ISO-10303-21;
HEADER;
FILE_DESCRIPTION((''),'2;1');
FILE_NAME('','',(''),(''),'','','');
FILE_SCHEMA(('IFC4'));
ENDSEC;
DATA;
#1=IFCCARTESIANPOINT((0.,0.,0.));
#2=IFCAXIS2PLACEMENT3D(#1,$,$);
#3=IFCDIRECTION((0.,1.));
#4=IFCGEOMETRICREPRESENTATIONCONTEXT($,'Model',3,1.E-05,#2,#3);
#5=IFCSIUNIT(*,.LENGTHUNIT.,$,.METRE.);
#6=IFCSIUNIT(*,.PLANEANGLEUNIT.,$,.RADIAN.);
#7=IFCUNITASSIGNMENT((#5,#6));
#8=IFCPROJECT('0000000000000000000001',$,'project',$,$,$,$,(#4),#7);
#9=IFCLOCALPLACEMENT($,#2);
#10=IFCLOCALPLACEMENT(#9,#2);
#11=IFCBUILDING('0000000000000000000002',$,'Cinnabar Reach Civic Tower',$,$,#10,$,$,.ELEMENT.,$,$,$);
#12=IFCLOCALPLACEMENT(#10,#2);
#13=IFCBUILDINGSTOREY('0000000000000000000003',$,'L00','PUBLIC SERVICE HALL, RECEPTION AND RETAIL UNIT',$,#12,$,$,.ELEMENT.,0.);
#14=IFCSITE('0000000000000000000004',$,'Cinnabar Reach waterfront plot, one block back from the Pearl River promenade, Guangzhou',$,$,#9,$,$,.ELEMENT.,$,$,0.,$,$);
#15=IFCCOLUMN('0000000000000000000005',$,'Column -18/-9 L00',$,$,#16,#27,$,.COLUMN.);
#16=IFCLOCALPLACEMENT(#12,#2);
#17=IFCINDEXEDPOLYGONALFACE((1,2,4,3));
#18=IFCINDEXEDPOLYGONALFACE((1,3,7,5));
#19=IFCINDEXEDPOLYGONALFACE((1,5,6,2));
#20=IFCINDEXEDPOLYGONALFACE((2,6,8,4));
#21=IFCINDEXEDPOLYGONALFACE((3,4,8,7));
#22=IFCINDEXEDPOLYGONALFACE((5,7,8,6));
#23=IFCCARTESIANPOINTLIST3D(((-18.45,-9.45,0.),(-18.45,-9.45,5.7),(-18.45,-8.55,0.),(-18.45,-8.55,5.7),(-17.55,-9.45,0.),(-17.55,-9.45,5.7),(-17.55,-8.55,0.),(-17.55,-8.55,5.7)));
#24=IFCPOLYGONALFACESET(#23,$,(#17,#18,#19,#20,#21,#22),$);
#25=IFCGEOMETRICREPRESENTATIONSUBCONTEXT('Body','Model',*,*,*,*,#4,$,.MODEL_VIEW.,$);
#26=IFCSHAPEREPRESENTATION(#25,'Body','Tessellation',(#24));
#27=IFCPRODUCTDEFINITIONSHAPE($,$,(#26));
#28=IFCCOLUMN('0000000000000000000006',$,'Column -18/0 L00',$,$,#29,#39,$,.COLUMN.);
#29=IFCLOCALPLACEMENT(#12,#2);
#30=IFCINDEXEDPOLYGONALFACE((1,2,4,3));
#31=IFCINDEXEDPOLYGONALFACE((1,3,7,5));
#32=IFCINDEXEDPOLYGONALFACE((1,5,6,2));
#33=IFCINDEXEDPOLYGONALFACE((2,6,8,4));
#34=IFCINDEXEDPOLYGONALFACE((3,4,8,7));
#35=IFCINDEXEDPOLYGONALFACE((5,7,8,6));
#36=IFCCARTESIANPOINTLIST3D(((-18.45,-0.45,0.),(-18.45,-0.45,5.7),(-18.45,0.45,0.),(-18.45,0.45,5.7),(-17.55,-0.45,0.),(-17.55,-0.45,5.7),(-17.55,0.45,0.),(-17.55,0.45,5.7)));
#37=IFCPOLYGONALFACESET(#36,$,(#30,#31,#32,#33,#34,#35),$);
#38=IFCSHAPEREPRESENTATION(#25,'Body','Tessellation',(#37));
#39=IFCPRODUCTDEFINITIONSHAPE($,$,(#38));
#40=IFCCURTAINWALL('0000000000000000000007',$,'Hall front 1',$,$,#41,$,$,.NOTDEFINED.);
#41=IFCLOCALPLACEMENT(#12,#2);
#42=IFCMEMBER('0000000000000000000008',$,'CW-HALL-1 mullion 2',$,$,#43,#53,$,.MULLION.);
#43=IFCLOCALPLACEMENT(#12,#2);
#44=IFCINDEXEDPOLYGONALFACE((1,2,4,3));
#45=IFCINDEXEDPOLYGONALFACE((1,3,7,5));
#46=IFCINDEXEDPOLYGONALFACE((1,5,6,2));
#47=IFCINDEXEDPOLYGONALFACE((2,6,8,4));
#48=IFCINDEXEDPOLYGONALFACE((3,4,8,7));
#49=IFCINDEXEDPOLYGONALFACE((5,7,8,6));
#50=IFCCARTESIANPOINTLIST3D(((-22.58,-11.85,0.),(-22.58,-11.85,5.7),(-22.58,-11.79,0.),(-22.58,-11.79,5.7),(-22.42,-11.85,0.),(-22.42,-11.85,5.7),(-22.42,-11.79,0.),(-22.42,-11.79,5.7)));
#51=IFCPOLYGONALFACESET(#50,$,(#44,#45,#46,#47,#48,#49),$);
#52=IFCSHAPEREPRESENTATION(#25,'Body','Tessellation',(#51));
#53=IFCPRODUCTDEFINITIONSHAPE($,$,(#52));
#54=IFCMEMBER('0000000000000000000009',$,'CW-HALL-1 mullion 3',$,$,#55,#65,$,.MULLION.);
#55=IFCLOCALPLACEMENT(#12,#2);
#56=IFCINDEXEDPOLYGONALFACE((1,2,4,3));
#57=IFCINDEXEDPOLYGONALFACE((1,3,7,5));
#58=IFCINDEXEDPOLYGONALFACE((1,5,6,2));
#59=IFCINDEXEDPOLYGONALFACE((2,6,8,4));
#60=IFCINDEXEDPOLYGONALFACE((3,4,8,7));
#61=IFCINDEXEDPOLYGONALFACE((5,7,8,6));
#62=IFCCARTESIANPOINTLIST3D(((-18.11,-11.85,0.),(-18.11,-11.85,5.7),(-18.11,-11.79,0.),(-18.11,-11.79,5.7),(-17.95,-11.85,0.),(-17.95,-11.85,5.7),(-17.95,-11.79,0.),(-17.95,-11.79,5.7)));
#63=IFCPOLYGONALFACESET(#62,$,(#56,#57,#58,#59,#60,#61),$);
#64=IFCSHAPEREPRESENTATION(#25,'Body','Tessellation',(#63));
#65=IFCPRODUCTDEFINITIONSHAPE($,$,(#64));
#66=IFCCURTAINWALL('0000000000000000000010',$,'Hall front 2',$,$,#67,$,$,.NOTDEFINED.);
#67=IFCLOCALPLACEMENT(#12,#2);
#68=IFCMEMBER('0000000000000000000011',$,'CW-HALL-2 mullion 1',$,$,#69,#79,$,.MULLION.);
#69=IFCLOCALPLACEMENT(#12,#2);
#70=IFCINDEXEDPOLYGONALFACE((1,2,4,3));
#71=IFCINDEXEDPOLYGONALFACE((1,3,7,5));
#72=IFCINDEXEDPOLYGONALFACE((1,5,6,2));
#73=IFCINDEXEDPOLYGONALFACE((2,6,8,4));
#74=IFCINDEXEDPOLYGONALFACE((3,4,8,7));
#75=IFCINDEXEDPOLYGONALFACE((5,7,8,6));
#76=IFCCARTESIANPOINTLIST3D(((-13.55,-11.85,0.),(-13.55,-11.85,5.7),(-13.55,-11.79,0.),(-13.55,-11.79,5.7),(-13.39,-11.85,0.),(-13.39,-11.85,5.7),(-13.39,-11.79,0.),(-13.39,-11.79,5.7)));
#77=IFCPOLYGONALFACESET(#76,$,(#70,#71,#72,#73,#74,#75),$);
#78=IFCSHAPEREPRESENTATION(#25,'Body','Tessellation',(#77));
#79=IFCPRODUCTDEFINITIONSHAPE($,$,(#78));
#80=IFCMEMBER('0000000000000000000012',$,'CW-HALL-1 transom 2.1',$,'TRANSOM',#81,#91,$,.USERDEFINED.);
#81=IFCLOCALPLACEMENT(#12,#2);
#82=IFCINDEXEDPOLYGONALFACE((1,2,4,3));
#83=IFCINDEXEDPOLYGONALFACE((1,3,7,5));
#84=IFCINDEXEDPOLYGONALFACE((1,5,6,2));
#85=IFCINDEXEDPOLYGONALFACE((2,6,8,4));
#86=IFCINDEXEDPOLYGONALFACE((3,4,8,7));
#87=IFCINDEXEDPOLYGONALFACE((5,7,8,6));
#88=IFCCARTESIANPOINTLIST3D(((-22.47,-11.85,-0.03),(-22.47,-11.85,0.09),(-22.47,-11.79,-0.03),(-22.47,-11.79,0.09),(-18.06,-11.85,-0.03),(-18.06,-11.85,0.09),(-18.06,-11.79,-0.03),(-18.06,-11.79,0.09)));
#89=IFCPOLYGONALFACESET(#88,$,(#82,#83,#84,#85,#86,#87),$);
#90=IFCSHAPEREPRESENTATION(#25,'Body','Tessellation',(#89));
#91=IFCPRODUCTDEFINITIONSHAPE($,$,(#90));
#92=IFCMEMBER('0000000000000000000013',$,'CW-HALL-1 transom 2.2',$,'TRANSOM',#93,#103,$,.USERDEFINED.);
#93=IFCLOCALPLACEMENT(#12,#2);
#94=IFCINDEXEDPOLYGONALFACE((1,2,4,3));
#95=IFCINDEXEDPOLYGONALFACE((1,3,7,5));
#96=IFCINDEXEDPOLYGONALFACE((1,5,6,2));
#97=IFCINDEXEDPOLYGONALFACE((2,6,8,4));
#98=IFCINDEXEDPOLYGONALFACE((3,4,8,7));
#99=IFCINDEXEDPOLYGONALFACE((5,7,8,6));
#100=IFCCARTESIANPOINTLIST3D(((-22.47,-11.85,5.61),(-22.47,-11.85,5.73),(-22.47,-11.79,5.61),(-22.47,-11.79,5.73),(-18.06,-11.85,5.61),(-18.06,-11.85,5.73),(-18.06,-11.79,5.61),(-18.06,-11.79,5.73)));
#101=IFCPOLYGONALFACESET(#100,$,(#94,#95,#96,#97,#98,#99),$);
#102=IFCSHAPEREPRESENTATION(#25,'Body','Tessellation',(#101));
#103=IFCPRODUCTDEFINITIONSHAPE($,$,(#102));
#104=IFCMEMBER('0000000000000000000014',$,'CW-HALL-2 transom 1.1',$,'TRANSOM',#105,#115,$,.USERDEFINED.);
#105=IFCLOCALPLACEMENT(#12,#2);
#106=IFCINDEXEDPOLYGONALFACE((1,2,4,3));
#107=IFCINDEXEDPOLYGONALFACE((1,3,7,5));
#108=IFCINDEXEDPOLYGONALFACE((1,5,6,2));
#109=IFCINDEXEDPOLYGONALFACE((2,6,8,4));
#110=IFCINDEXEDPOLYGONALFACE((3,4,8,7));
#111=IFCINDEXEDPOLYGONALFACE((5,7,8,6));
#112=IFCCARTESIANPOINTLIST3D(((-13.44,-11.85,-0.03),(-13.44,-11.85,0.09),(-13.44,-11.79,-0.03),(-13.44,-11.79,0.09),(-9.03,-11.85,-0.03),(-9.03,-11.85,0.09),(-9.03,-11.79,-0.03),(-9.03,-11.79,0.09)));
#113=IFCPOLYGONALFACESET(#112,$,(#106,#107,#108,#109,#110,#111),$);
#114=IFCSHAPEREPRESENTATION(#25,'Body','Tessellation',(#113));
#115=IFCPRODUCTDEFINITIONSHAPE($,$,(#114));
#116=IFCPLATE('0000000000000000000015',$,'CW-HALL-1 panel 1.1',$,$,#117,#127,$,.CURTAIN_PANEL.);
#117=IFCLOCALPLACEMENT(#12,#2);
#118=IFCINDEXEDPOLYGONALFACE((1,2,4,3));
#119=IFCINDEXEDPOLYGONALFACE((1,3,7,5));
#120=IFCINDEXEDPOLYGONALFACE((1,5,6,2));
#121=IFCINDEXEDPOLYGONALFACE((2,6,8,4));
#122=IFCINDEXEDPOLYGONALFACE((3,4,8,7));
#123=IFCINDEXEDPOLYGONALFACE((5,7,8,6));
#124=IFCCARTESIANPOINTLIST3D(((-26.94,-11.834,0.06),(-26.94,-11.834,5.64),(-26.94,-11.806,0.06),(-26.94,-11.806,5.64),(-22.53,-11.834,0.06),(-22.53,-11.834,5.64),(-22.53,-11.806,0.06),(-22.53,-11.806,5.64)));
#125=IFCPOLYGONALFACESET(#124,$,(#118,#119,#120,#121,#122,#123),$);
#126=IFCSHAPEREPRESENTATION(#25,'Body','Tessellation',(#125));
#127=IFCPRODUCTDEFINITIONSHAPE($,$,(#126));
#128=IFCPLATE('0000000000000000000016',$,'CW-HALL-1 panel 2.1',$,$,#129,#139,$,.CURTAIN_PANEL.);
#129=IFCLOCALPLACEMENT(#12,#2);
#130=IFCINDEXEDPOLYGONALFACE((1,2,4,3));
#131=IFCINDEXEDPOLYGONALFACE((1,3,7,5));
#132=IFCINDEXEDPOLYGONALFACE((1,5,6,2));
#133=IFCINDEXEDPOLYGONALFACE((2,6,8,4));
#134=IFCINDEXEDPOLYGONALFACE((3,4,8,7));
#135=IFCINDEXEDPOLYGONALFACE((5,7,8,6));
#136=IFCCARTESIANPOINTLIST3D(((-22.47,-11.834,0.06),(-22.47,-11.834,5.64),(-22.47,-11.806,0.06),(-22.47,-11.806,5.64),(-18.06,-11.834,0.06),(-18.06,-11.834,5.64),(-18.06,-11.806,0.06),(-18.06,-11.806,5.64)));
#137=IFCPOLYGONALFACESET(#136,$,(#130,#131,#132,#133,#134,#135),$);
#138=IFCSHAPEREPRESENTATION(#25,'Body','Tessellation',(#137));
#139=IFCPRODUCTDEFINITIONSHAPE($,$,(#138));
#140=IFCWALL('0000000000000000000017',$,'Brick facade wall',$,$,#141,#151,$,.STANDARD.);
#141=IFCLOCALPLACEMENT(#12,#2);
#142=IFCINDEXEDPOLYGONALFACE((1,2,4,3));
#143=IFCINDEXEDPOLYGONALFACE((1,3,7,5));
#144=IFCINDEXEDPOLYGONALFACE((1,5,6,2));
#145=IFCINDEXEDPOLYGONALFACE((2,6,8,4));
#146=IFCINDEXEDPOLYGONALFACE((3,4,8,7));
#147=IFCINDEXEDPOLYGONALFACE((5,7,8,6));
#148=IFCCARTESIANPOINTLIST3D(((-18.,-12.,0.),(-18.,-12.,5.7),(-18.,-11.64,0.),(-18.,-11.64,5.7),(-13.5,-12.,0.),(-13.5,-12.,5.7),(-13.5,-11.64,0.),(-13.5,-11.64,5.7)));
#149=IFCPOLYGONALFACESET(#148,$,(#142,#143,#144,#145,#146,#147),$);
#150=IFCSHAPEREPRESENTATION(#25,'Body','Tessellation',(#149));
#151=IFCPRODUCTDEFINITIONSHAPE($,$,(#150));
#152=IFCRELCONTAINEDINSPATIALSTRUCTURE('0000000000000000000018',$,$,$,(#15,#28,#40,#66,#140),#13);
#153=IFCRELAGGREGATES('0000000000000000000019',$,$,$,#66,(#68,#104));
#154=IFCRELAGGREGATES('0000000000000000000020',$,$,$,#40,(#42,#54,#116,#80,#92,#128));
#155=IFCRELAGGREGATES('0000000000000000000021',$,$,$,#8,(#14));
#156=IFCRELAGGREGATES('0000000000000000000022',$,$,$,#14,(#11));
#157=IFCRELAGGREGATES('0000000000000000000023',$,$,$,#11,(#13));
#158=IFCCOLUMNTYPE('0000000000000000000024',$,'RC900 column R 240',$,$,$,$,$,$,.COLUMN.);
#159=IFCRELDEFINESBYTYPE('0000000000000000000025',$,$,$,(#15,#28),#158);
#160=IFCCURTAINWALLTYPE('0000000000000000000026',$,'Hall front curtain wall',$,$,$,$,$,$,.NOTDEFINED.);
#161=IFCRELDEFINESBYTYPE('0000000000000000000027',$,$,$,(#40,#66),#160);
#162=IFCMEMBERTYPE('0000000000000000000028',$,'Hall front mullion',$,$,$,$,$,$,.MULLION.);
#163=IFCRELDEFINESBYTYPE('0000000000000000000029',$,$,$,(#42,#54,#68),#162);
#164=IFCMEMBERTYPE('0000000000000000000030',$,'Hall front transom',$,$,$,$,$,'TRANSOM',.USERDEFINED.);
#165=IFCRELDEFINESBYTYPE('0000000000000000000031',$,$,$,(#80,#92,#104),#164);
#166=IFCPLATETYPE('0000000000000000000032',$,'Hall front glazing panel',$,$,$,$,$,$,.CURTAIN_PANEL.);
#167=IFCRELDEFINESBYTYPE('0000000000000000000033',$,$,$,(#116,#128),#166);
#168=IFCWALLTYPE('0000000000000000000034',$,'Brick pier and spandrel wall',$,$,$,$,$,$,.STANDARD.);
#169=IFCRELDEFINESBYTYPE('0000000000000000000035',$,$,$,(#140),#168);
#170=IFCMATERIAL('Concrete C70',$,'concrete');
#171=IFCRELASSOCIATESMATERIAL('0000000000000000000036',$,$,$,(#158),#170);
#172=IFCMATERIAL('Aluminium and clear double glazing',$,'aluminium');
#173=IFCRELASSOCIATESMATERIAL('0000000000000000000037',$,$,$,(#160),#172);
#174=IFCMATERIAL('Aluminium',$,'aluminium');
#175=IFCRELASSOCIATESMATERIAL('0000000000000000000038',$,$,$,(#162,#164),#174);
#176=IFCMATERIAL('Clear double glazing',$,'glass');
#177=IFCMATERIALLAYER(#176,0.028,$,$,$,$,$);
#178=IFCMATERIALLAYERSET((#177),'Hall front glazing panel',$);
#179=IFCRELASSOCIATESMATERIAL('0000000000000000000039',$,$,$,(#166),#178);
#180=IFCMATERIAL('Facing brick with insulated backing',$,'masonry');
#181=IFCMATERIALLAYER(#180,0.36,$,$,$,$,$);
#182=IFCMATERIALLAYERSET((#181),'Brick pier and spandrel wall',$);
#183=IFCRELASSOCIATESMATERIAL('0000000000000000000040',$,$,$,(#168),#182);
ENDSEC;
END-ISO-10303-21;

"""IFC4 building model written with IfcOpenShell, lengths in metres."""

from ifc_helpers import new_model, si_unit, direction, frame, frame_2d, origin, origin_2d, place, context, subcontext, project, spatial, rectangle, extrude, material, layer, layer_set, material_profile, profile_set, type_object, element, aggregate, save


model = new_model("IFC4")

# Units and contexts
model_context = context("Model", 3, precision=1e-05, world=origin(), true_north=direction((0.0, 1.0)))
body_context = subcontext(model_context, "Body", "Model", "MODEL_VIEW")
ifc_project = project(units=[si_unit("LENGTHUNIT", "METRE"), si_unit("PLANEANGLEUNIT", "RADIAN")], contexts=[model_context])

# Site, building, storey
site_placement = place(None, origin())
site = spatial("IfcSite", under=ifc_project, at=site_placement, Name="Cinnabar Reach waterfront plot, one block back from the Pearl River promenade, Guangzhou", CompositionType="ELEMENT", RefElevation=0.0)
building_placement = place(site_placement, origin())
building = spatial("IfcBuilding", under=site, at=building_placement, Name="Cinnabar Reach Civic Tower", CompositionType="ELEMENT")
storey_placement = place(building_placement, origin())
storey = spatial("IfcBuildingStorey", under=building, at=storey_placement, Name="L00", Description="PUBLIC SERVICE HALL, RECEPTION AND RETAIL UNIT", CompositionType="ELEMENT", Elevation=0.0)

# Columns
ifc_material_1 = material(Name="Concrete C70", Category="concrete")
ifc_material_profile_1 = material_profile(ifc_material_1, rectangle(XDim=0.9, YDim=0.9, at=origin_2d()), Name="RC900")
ifc_profile_set_1 = profile_set([ifc_material_profile_1], Name="Concrete C70")
column_type = type_object("IfcColumnType", Name="RC900 column R 240", PredefinedType="COLUMN", material=ifc_profile_set_1)
for number, where, z_axis, x_axis, name in (
    (1, (-18.0, -9.0, 0.0), (0.0, 0.0, 1.0), (1.0, 0.0, 0.0), "Column -18/-9 L00"),
    (2, (-18.0, 0.0, 0.0), (0.0, 0.0, 1.0), (1.0, 0.0, 0.0), "Column -18/0 L00"),
):
    element("IfcColumn", number, at=place(storey_placement, frame(where, z_axis=z_axis, x_axis=x_axis)), inside=storey, type_object=column_type, Name=name, PredefinedType="COLUMN", context=body_context, shape_type="SweptSolid", body=[
        extrude(rectangle(XDim=0.9, YDim=0.9, at=origin_2d()), origin(), (0.0, 0.0, 1.0), 5.7),
    ])

# Curtain wall, members
ifc_material_2 = material(Name="Aluminium and clear double glazing", Category="aluminium")
curtain_wall_type = type_object("IfcCurtainWallType", Name="Hall front curtain wall", PredefinedType="NOTDEFINED", material=ifc_material_2)
curtain_wall_1_placement = place(storey_placement, origin())
curtain_wall_1 = element("IfcCurtainWall", 3, at=curtain_wall_1_placement, inside=storey, type_object=curtain_wall_type, Name="Hall front 1", PredefinedType="NOTDEFINED")
ifc_material_3 = material(Name="Aluminium", Category="aluminium")
ifc_material_profile_2 = material_profile(ifc_material_3, rectangle(XDim=0.06, YDim=0.16, at=origin_2d()), Name="Hall front mullion")
ifc_profile_set_2 = profile_set([ifc_material_profile_2], Name="Aluminium")
member_type_1 = type_object("IfcMemberType", Name="Hall front mullion", PredefinedType="MULLION", material=ifc_profile_set_2)
member_1_placement = place(storey_placement, frame((-22.5, -11.82, 0.0), z_axis=(0.0, 0.0, 1.0), x_axis=(0.0, 1.0, 0.0)))
member_1 = element("IfcMember", 4, at=member_1_placement, type_object=member_type_1, Name="CW-HALL-1 mullion 2", PredefinedType="MULLION", context=body_context, shape_type="SweptSolid", body=[
    extrude(rectangle(XDim=0.06, YDim=0.16, at=origin_2d()), origin(), (0.0, 0.0, 1.0), 5.7),
])
member_2_placement = place(storey_placement, frame((-18.03, -11.82, 0.0), z_axis=(0.0, 0.0, 1.0), x_axis=(0.0, 1.0, 0.0)))
member_2 = element("IfcMember", 5, at=member_2_placement, type_object=member_type_1, Name="CW-HALL-1 mullion 3", PredefinedType="MULLION", context=body_context, shape_type="SweptSolid", body=[
    extrude(rectangle(XDim=0.06, YDim=0.16, at=origin_2d()), origin(), (0.0, 0.0, 1.0), 5.7),
])

# Curtain wall, member
curtain_wall_2_placement = place(storey_placement, origin())
curtain_wall_2 = element("IfcCurtainWall", 6, at=curtain_wall_2_placement, inside=storey, type_object=curtain_wall_type, Name="Hall front 2", PredefinedType="NOTDEFINED")
member_3_placement = place(storey_placement, frame((-13.47, -11.82, 0.0), z_axis=(0.0, 0.0, 1.0), x_axis=(0.0, 1.0, 0.0)))
member_3 = element("IfcMember", 7, at=member_3_placement, type_object=member_type_1, Name="CW-HALL-2 mullion 1", PredefinedType="MULLION", context=body_context, shape_type="SweptSolid", body=[
    extrude(rectangle(XDim=0.06, YDim=0.16, at=origin_2d()), origin(), (0.0, 0.0, 1.0), 5.7),
])

# Members
ifc_material_profile_3 = material_profile(ifc_material_3, rectangle(XDim=0.06, YDim=0.12, at=origin_2d()), Name="Hall front transom")
ifc_profile_set_3 = profile_set([ifc_material_profile_3], Name="Aluminium")
member_type_2 = type_object("IfcMemberType", Name="Hall front transom", ElementType="TRANSOM", PredefinedType="USERDEFINED", material=ifc_profile_set_3)
member_4_placement = place(storey_placement, frame((-22.47, -11.82, 0.03), z_axis=(1.0, 0.0, 0.0), x_axis=(0.0, 1.0, 0.0)))
member_4 = element("IfcMember", 8, at=member_4_placement, type_object=member_type_2, Name="CW-HALL-1 transom 2.1", ObjectType="TRANSOM", PredefinedType="USERDEFINED", context=body_context, shape_type="SweptSolid", body=[
    extrude(rectangle(XDim=0.06, YDim=0.12, at=origin_2d()), origin(), (0.0, 0.0, 1.0), 4.41),
])
member_5_placement = place(storey_placement, frame((-22.47, -11.82, 5.67), z_axis=(1.0, 0.0, 0.0), x_axis=(0.0, 1.0, 0.0)))
member_5 = element("IfcMember", 9, at=member_5_placement, type_object=member_type_2, Name="CW-HALL-1 transom 2.2", ObjectType="TRANSOM", PredefinedType="USERDEFINED", context=body_context, shape_type="SweptSolid", body=[
    extrude(rectangle(XDim=0.06, YDim=0.12, at=origin_2d()), origin(), (0.0, 0.0, 1.0), 4.41),
])
member_6_placement = place(storey_placement, frame((-13.44, -11.82, 0.03), z_axis=(1.0, 0.0, 0.0), x_axis=(0.0, 1.0, 0.0)))
member_6 = element("IfcMember", 10, at=member_6_placement, type_object=member_type_2, Name="CW-HALL-2 transom 1.1", ObjectType="TRANSOM", PredefinedType="USERDEFINED", context=body_context, shape_type="SweptSolid", body=[
    extrude(rectangle(XDim=0.06, YDim=0.12, at=origin_2d()), origin(), (0.0, 0.0, 1.0), 4.41),
])
aggregate(curtain_wall_2, [member_3, member_6])

# Plates
ifc_material_4 = material(Name="Clear double glazing", Category="glass")
ifc_layer_1 = layer(ifc_material_4, 0.028)
ifc_layer_set_1 = layer_set([ifc_layer_1], Name="Hall front glazing panel")
plate_type = type_object("IfcPlateType", Name="Hall front glazing panel", PredefinedType="CURTAIN_PANEL", material=ifc_layer_set_1)
plate_1_placement = place(storey_placement, frame((-24.735, -11.82, 0.06), z_axis=(0.0, 0.0, 1.0), x_axis=(1.0, 0.0, 0.0)))
plate_1 = element("IfcPlate", 11, at=plate_1_placement, type_object=plate_type, Name="CW-HALL-1 panel 1.1", PredefinedType="CURTAIN_PANEL", context=body_context, shape_type="SweptSolid", body=[
    extrude(rectangle(XDim=4.41, YDim=0.028, at=origin_2d()), origin(), (0.0, 0.0, 1.0), 5.58),
])
plate_2_placement = place(storey_placement, frame((-20.265, -11.82, 0.06), z_axis=(0.0, 0.0, 1.0), x_axis=(1.0, 0.0, 0.0)))
plate_2 = element("IfcPlate", 12, at=plate_2_placement, type_object=plate_type, Name="CW-HALL-1 panel 2.1", PredefinedType="CURTAIN_PANEL", context=body_context, shape_type="SweptSolid", body=[
    extrude(rectangle(XDim=4.41, YDim=0.028, at=origin_2d()), origin(), (0.0, 0.0, 1.0), 5.58),
])
aggregate(curtain_wall_1, [member_1, member_2, plate_1, member_4, member_5, plate_2])

# Wall
ifc_material_5 = material(Name="Facing brick with insulated backing", Category="masonry")
ifc_layer_2 = layer(ifc_material_5, 0.36)
ifc_layer_set_2 = layer_set([ifc_layer_2], Name="Brick pier and spandrel wall")
wall_type = type_object("IfcWallType", Name="Brick pier and spandrel wall", PredefinedType="STANDARD", material=ifc_layer_set_2)
wall_placement = place(storey_placement, frame((-18.0, -11.82, 0.0), z_axis=(0.0, 0.0, 1.0), x_axis=(1.0, 0.0, 0.0)))
element("IfcWall", 13, at=wall_placement, inside=storey, type_object=wall_type, Name="Brick facade wall", PredefinedType="STANDARD", context=body_context, shape_type="SweptSolid", body=[
    extrude(rectangle(XDim=4.5, YDim=0.36, at=frame_2d((2.25, 0.0))), origin(), (0.0, 0.0, 1.0), 5.7),
])

save(model, "model.ifc")
